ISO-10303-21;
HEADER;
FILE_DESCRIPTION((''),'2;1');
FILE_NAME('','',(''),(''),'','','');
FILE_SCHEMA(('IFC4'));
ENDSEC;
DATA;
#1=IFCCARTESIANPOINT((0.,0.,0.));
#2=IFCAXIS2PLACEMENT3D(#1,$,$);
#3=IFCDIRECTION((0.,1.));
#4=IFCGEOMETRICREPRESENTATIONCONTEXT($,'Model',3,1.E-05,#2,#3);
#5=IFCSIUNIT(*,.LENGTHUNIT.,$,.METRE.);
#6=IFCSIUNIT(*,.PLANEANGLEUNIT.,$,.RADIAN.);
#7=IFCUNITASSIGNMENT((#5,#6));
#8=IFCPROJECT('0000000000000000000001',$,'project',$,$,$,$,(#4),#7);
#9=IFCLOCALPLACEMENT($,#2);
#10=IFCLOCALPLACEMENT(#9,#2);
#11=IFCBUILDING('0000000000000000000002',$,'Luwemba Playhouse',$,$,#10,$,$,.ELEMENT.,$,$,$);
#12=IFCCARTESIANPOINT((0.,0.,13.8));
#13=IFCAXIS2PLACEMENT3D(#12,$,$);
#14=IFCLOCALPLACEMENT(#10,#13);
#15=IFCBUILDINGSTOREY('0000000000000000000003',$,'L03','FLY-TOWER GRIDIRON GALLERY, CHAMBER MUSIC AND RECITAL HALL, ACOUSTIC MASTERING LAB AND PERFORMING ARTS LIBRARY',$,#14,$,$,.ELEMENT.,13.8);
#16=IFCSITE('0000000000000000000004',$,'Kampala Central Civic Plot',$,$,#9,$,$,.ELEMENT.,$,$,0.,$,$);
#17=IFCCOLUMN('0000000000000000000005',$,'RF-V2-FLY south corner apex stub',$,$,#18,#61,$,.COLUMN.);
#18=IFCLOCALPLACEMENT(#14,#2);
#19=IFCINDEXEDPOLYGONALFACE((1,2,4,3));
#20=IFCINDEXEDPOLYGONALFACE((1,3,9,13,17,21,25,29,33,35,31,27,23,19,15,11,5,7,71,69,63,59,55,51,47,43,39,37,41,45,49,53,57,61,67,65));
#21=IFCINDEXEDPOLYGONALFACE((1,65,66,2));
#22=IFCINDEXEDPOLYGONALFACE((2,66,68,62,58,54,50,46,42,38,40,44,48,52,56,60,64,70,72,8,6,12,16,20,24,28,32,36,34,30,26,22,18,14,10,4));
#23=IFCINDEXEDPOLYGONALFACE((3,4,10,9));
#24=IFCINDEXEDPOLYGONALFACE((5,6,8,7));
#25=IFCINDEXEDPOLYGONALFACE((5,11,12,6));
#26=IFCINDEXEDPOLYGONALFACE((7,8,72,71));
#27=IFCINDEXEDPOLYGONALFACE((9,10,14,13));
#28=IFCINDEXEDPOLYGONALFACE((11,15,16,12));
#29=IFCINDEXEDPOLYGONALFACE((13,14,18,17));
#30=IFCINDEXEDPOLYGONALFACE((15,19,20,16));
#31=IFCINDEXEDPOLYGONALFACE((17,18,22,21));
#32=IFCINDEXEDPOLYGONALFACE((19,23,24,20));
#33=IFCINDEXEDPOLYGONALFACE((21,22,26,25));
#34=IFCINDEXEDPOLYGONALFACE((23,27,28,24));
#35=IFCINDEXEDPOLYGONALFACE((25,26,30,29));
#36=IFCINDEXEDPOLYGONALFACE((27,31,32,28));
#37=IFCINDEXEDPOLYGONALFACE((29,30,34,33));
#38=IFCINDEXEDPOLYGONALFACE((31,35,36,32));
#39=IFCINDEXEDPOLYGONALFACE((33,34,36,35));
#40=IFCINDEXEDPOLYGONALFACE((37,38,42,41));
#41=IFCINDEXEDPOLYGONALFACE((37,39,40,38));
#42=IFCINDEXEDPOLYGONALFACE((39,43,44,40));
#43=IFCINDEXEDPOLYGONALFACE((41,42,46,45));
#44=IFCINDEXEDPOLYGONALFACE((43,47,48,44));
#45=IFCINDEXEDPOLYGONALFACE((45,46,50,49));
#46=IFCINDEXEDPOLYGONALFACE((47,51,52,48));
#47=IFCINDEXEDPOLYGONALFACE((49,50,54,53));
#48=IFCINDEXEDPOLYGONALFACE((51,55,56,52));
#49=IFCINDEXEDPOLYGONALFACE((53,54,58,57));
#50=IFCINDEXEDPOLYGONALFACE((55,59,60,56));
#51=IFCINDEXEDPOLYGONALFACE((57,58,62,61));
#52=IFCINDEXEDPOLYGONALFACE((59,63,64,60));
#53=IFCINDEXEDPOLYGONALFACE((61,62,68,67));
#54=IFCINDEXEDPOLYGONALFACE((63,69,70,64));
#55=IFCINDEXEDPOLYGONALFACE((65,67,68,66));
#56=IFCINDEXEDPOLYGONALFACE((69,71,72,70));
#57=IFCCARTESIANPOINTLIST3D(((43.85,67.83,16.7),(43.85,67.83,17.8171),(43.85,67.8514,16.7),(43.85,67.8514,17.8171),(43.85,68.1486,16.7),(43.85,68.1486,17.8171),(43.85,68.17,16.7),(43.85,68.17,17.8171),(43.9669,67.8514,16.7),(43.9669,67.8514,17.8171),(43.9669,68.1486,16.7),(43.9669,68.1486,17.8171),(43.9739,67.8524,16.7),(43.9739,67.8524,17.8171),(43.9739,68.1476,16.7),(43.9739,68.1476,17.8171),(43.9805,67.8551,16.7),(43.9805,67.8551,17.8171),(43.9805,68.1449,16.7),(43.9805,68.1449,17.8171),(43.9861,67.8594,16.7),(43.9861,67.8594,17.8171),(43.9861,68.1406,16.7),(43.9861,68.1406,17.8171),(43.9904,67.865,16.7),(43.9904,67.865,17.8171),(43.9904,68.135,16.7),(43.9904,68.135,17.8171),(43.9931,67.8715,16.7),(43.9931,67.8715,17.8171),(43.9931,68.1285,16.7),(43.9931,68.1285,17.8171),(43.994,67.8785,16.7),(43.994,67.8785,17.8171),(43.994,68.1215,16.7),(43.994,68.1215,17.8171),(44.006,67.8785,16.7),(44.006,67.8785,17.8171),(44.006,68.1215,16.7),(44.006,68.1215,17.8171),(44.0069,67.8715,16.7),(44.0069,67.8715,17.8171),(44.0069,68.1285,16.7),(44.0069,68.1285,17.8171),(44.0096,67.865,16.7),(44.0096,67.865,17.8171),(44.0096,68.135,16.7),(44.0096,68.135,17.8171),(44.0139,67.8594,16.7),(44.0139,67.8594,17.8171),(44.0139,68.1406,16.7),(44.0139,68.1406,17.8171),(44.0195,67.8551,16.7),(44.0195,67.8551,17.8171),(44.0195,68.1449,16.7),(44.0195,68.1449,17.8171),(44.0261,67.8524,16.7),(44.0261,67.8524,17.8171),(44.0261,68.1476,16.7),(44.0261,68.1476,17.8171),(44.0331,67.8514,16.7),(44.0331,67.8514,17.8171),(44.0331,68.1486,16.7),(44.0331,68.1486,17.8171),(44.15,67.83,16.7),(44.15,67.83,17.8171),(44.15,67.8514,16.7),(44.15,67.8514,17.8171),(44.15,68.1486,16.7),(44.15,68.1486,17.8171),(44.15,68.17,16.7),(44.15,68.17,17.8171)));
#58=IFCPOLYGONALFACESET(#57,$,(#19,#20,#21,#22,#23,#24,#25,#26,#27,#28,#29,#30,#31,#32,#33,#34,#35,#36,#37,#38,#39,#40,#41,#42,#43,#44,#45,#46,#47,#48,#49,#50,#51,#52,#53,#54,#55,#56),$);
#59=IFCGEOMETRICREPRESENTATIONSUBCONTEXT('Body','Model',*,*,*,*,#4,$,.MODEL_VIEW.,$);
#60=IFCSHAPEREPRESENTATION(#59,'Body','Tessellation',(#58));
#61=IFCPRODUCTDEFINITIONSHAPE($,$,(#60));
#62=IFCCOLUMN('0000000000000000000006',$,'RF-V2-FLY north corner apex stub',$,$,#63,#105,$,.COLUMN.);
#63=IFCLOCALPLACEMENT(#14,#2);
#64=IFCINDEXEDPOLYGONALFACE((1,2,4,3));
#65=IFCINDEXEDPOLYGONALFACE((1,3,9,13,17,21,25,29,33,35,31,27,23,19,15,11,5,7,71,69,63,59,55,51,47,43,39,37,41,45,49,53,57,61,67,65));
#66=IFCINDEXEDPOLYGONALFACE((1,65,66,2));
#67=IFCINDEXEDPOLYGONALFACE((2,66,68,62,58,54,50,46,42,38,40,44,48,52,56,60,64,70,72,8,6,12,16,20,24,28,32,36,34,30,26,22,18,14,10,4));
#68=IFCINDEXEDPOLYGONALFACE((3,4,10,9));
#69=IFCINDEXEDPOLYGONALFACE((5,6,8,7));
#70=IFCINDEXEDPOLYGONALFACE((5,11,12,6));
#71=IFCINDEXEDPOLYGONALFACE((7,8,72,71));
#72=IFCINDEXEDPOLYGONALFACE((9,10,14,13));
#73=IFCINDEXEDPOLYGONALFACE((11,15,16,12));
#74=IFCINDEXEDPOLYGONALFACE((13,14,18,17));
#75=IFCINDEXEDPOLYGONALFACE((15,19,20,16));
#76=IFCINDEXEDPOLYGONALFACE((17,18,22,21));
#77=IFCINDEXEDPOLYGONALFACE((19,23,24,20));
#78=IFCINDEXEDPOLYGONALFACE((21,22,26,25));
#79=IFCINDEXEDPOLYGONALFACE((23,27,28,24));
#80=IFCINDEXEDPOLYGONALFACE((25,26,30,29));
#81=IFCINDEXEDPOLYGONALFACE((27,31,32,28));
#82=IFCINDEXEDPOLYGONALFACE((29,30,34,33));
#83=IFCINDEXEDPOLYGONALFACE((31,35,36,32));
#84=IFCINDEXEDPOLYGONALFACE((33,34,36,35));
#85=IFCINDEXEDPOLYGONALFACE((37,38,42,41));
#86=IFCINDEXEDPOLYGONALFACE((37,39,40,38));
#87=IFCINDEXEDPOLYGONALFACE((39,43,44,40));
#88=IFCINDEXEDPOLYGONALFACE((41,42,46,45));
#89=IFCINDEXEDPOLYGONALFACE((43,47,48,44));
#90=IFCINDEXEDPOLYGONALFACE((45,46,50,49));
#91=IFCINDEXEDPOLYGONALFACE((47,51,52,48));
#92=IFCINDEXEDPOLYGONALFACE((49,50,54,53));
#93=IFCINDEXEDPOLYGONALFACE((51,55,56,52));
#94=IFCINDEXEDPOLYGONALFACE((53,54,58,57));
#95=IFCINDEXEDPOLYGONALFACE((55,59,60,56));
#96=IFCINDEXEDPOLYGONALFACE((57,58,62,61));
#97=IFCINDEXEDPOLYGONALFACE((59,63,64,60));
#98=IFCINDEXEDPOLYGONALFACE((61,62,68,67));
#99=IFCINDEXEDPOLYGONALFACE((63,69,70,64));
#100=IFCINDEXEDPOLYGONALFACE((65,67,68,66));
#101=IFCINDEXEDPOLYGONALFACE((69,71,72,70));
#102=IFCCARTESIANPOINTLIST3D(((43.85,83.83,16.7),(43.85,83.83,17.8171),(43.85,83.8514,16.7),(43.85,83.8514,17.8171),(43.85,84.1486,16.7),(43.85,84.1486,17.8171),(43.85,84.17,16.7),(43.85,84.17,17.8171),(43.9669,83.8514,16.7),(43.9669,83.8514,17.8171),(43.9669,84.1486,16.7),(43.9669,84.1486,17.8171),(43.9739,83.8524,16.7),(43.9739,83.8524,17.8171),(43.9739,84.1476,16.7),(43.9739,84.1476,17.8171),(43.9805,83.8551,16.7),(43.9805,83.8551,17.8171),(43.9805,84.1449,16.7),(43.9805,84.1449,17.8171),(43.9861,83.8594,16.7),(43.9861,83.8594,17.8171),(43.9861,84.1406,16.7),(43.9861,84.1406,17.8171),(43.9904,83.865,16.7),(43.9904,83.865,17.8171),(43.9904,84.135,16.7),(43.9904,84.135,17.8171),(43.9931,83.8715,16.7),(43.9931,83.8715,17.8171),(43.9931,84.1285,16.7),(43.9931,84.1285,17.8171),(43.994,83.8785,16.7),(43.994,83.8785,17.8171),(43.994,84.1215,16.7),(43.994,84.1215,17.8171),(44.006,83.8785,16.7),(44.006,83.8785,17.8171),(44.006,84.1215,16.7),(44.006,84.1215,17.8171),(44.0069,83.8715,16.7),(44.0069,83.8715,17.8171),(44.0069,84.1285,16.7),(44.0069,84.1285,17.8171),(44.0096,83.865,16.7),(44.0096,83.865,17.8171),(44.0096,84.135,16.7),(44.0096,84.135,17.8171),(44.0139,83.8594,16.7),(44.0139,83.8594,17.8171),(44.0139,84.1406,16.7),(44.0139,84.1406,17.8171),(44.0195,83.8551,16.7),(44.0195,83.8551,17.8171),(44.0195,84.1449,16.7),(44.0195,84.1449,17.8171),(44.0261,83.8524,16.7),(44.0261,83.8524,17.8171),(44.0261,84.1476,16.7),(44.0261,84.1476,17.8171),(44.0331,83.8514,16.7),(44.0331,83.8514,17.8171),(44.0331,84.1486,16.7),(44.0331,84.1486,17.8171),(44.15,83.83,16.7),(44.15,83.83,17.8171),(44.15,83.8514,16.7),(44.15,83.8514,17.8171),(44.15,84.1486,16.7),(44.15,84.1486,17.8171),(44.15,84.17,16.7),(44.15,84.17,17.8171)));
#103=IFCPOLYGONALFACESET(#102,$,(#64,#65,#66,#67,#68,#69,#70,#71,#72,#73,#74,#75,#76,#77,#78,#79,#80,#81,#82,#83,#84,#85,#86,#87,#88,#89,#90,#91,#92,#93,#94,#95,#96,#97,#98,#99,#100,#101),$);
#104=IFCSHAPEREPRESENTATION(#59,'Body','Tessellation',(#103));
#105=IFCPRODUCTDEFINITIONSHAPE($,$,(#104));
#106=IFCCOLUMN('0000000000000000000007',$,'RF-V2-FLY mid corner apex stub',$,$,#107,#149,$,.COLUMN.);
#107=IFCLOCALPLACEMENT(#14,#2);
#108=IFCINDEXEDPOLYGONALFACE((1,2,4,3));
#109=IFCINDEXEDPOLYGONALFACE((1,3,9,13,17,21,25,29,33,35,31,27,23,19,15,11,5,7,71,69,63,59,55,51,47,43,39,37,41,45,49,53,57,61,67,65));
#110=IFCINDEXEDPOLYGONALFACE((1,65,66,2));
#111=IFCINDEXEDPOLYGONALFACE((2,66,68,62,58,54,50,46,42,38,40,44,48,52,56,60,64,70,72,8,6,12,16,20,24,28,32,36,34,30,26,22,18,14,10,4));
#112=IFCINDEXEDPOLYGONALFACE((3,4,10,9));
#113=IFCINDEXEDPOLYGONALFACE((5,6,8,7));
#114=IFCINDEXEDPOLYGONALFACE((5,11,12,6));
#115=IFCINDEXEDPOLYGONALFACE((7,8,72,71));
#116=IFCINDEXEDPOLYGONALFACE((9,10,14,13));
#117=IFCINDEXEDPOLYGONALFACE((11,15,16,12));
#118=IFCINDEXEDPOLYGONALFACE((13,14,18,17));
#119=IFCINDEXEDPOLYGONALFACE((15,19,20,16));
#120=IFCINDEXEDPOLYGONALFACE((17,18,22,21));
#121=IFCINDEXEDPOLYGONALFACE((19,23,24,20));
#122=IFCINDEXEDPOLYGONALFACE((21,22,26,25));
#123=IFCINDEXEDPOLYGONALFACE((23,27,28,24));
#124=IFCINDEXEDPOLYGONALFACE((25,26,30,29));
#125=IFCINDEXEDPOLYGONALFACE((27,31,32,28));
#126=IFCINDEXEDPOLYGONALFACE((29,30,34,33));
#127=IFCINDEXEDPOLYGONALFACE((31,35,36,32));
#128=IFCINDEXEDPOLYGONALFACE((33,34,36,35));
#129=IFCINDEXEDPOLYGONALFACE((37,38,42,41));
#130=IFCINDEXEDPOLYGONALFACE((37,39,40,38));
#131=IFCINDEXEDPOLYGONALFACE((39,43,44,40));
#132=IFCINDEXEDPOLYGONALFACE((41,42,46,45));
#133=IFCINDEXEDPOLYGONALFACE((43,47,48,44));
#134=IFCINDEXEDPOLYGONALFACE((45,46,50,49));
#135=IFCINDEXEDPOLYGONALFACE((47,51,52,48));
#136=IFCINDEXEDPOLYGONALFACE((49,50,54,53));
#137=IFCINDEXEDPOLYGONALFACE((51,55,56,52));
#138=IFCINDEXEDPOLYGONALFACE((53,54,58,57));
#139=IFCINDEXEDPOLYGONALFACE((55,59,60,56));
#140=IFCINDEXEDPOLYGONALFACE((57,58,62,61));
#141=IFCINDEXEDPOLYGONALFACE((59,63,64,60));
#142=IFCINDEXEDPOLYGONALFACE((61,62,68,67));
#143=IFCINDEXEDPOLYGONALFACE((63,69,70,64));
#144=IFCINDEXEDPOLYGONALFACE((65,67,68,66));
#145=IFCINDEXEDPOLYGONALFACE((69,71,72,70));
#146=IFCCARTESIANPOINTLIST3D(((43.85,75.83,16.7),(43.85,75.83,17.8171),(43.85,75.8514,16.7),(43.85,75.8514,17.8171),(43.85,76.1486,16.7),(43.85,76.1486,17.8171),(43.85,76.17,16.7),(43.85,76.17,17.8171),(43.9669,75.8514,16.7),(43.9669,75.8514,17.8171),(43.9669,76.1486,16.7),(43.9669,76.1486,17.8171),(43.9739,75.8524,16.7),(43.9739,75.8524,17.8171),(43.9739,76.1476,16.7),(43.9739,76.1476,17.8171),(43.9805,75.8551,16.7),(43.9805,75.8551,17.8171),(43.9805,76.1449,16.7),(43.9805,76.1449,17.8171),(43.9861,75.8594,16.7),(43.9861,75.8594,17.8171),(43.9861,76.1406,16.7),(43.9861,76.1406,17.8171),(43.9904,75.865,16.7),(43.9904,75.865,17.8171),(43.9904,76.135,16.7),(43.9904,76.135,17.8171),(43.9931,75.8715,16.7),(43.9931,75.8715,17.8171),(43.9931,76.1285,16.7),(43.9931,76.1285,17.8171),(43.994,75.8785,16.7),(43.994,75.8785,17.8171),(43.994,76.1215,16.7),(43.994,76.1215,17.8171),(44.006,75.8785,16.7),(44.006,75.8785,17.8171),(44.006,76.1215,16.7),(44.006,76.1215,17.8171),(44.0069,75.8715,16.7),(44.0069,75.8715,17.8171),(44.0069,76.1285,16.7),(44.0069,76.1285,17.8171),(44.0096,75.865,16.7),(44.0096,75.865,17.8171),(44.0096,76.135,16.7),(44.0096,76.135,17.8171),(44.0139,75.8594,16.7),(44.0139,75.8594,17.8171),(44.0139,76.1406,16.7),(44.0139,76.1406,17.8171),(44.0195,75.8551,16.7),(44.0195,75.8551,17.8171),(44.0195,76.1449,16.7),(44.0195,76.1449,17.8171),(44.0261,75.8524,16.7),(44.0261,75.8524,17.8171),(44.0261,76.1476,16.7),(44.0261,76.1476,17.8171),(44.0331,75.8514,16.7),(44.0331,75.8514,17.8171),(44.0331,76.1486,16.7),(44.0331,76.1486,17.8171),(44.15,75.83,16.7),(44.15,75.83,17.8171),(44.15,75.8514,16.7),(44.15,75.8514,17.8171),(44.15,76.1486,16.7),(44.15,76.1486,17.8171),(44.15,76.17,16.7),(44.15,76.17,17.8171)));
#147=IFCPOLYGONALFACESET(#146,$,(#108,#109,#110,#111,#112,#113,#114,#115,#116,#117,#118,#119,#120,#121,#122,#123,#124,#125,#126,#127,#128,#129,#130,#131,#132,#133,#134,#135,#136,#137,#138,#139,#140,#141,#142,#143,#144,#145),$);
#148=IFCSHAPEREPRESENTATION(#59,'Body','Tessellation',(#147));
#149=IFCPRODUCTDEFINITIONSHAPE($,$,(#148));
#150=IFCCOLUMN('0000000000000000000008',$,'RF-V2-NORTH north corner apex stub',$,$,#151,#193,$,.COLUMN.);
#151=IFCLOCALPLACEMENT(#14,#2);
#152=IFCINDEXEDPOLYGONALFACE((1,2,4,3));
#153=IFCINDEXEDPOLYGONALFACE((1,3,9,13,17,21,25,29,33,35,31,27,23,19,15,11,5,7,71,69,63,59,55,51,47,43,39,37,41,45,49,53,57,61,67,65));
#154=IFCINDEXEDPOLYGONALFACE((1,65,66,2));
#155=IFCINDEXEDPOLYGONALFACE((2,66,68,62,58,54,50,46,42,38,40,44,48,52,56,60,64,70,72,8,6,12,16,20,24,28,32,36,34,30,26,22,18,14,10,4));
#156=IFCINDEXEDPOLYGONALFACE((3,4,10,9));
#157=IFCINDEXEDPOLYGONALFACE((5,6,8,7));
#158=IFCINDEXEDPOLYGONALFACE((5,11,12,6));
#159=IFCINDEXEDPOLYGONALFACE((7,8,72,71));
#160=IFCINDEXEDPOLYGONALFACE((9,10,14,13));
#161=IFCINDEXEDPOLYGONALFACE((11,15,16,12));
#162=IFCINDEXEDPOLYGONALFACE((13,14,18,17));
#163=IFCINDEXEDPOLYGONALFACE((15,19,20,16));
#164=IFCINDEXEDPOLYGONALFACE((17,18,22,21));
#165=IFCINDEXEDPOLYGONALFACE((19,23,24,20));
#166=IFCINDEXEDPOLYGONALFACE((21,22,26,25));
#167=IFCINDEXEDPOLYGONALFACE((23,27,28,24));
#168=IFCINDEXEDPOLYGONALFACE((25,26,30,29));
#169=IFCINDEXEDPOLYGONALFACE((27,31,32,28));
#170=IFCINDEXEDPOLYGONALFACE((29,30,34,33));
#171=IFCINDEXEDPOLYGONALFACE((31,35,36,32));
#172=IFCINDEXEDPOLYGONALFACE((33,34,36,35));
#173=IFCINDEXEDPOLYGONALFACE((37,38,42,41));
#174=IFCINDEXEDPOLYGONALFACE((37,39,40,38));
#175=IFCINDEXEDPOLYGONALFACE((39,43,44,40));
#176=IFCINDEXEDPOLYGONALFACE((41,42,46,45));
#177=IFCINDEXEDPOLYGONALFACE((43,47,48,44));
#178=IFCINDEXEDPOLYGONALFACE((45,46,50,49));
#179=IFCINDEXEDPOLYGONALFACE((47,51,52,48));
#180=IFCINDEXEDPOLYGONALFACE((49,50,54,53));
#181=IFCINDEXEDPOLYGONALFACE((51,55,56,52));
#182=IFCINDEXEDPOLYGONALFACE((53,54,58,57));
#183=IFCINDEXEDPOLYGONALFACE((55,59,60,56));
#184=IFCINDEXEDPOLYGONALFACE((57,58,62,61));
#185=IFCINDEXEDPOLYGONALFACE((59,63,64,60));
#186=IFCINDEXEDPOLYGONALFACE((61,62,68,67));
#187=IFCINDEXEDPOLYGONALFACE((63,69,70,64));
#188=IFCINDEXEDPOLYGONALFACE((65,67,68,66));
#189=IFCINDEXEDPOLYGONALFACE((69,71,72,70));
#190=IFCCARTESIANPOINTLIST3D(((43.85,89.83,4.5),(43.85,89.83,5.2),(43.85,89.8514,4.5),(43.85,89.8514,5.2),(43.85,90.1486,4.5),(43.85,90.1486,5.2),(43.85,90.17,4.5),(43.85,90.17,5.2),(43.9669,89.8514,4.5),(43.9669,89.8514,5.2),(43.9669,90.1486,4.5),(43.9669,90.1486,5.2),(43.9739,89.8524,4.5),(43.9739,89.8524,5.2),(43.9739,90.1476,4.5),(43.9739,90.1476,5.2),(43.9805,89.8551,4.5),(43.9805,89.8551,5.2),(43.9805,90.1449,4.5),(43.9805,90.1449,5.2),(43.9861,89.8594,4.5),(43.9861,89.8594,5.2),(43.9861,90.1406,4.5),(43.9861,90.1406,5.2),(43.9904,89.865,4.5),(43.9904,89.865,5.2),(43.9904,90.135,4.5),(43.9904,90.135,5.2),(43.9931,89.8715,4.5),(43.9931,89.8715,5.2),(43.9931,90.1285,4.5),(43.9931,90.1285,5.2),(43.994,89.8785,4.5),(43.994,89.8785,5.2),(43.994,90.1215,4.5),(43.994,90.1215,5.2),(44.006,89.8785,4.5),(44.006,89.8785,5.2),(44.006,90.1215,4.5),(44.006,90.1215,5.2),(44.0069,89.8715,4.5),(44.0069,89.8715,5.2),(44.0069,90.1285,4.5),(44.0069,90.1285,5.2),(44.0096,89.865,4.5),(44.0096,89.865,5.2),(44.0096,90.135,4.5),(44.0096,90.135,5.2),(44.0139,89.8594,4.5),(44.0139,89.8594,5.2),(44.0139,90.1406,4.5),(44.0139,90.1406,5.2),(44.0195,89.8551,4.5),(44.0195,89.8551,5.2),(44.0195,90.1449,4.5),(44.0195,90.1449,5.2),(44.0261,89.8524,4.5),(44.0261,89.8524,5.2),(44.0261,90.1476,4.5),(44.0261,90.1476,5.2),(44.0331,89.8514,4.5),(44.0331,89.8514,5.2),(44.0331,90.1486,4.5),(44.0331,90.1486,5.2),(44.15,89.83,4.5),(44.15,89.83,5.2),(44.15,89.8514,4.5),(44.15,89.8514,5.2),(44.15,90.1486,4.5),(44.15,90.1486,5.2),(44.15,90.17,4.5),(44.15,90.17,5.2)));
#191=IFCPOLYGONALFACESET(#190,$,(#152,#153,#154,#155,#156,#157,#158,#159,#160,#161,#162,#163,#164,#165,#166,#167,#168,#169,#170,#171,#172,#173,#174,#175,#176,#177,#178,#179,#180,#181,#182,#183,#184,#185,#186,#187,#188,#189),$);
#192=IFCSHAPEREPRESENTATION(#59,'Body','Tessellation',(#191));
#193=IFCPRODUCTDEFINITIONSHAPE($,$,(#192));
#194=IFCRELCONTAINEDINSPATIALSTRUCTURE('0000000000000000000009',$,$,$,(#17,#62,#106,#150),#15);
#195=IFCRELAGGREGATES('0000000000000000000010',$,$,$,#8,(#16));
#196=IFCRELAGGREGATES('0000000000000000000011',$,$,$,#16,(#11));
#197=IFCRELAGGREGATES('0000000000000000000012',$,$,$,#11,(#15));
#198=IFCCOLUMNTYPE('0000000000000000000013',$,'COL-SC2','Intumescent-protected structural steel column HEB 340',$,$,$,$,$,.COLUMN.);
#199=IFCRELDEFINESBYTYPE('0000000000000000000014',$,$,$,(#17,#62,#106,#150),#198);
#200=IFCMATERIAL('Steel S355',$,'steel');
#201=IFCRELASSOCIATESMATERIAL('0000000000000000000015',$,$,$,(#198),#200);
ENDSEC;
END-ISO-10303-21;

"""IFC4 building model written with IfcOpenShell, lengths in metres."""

from ifc_helpers import new_model, si_unit, direction, frame, origin, origin_2d, place, context, subcontext, project, spatial, i_section, extrude, material, material_profile, profile_set, type_object, element, save


model = new_model("IFC4")

# Units and contexts
model_context = context("Model", 3, precision=1e-05, world=origin(), true_north=direction((0.0, 1.0)))
body_context = subcontext(model_context, "Body", "Model", "MODEL_VIEW")
ifc_project = project(units=[si_unit("LENGTHUNIT", "METRE"), si_unit("PLANEANGLEUNIT", "RADIAN")], contexts=[model_context])

# Site, building, storey
site_placement = place(None, origin())
site = spatial("IfcSite", under=ifc_project, at=site_placement, Name="Kampala Central Civic Plot", CompositionType="ELEMENT", RefElevation=0.0)
building_placement = place(site_placement, origin())
building = spatial("IfcBuilding", under=site, at=building_placement, Name="Luwemba Playhouse", CompositionType="ELEMENT")
storey_placement = place(building_placement, frame((0.0, 0.0, 13.8)))
storey = spatial("IfcBuildingStorey", under=building, at=storey_placement, Name="L03", Description="FLY-TOWER GRIDIRON GALLERY, CHAMBER MUSIC AND RECITAL HALL, ACOUSTIC MASTERING LAB AND PERFORMING ARTS LIBRARY", CompositionType="ELEMENT", Elevation=13.8)

# Columns
ifc_material = material(Name="Steel S355", Category="steel")
ifc_material_profile_1 = material_profile(ifc_material, i_section(OverallWidth=0.3, OverallDepth=0.3401, WebThickness=0.012, FlangeThickness=0.0215, FilletRadius=0.0271, at=origin_2d()))
ifc_profile_set_1 = profile_set([ifc_material_profile_1], Name="Steel S355")
column_type = type_object("IfcColumnType", Name="COL-SC2", Description="Intumescent-protected structural steel column HEB 340", PredefinedType="COLUMN", material=ifc_profile_set_1)
for number, where, z_axis, x_axis, name in (
    (1, (44.0, 68.0, 16.7), (0.0, 0.0, 1.0), (1.0, 0.0, 0.0), "RF-V2-FLY south corner apex stub"),
    (2, (44.0, 84.0, 16.7), (0.0, 0.0, 1.0), (1.0, 0.0, 0.0), "RF-V2-FLY north corner apex stub"),
    (3, (44.0, 76.0, 16.7), (0.0, 0.0, 1.0), (1.0, 0.0, 0.0), "RF-V2-FLY mid corner apex stub"),
):
    element("IfcColumn", number, at=place(storey_placement, frame(where, z_axis=z_axis, x_axis=x_axis)), inside=storey, type_object=column_type, Name=name, PredefinedType="COLUMN", context=body_context, shape_type="SweptSolid", body=[
        extrude(i_section(OverallWidth=0.3, OverallDepth=0.3401, WebThickness=0.012, FlangeThickness=0.0215, FilletRadius=0.0271, at=origin_2d()), origin(), (0.0, 0.0, 1.0), 1.1172),
    ])
column_placement = place(storey_placement, frame((44.0, 90.0, 4.5), z_axis=(0.0, 0.0, 1.0), x_axis=(1.0, 0.0, 0.0)))
element("IfcColumn", 4, at=column_placement, inside=storey, type_object=column_type, Name="RF-V2-NORTH north corner apex stub", PredefinedType="COLUMN", context=body_context, shape_type="SweptSolid", body=[
    extrude(i_section(OverallWidth=0.3, OverallDepth=0.3401, WebThickness=0.012, FlangeThickness=0.0215, FilletRadius=0.0271, at=origin_2d()), origin(), (0.0, 0.0, 1.0), 0.7),
])

save(model, "model.ifc")
